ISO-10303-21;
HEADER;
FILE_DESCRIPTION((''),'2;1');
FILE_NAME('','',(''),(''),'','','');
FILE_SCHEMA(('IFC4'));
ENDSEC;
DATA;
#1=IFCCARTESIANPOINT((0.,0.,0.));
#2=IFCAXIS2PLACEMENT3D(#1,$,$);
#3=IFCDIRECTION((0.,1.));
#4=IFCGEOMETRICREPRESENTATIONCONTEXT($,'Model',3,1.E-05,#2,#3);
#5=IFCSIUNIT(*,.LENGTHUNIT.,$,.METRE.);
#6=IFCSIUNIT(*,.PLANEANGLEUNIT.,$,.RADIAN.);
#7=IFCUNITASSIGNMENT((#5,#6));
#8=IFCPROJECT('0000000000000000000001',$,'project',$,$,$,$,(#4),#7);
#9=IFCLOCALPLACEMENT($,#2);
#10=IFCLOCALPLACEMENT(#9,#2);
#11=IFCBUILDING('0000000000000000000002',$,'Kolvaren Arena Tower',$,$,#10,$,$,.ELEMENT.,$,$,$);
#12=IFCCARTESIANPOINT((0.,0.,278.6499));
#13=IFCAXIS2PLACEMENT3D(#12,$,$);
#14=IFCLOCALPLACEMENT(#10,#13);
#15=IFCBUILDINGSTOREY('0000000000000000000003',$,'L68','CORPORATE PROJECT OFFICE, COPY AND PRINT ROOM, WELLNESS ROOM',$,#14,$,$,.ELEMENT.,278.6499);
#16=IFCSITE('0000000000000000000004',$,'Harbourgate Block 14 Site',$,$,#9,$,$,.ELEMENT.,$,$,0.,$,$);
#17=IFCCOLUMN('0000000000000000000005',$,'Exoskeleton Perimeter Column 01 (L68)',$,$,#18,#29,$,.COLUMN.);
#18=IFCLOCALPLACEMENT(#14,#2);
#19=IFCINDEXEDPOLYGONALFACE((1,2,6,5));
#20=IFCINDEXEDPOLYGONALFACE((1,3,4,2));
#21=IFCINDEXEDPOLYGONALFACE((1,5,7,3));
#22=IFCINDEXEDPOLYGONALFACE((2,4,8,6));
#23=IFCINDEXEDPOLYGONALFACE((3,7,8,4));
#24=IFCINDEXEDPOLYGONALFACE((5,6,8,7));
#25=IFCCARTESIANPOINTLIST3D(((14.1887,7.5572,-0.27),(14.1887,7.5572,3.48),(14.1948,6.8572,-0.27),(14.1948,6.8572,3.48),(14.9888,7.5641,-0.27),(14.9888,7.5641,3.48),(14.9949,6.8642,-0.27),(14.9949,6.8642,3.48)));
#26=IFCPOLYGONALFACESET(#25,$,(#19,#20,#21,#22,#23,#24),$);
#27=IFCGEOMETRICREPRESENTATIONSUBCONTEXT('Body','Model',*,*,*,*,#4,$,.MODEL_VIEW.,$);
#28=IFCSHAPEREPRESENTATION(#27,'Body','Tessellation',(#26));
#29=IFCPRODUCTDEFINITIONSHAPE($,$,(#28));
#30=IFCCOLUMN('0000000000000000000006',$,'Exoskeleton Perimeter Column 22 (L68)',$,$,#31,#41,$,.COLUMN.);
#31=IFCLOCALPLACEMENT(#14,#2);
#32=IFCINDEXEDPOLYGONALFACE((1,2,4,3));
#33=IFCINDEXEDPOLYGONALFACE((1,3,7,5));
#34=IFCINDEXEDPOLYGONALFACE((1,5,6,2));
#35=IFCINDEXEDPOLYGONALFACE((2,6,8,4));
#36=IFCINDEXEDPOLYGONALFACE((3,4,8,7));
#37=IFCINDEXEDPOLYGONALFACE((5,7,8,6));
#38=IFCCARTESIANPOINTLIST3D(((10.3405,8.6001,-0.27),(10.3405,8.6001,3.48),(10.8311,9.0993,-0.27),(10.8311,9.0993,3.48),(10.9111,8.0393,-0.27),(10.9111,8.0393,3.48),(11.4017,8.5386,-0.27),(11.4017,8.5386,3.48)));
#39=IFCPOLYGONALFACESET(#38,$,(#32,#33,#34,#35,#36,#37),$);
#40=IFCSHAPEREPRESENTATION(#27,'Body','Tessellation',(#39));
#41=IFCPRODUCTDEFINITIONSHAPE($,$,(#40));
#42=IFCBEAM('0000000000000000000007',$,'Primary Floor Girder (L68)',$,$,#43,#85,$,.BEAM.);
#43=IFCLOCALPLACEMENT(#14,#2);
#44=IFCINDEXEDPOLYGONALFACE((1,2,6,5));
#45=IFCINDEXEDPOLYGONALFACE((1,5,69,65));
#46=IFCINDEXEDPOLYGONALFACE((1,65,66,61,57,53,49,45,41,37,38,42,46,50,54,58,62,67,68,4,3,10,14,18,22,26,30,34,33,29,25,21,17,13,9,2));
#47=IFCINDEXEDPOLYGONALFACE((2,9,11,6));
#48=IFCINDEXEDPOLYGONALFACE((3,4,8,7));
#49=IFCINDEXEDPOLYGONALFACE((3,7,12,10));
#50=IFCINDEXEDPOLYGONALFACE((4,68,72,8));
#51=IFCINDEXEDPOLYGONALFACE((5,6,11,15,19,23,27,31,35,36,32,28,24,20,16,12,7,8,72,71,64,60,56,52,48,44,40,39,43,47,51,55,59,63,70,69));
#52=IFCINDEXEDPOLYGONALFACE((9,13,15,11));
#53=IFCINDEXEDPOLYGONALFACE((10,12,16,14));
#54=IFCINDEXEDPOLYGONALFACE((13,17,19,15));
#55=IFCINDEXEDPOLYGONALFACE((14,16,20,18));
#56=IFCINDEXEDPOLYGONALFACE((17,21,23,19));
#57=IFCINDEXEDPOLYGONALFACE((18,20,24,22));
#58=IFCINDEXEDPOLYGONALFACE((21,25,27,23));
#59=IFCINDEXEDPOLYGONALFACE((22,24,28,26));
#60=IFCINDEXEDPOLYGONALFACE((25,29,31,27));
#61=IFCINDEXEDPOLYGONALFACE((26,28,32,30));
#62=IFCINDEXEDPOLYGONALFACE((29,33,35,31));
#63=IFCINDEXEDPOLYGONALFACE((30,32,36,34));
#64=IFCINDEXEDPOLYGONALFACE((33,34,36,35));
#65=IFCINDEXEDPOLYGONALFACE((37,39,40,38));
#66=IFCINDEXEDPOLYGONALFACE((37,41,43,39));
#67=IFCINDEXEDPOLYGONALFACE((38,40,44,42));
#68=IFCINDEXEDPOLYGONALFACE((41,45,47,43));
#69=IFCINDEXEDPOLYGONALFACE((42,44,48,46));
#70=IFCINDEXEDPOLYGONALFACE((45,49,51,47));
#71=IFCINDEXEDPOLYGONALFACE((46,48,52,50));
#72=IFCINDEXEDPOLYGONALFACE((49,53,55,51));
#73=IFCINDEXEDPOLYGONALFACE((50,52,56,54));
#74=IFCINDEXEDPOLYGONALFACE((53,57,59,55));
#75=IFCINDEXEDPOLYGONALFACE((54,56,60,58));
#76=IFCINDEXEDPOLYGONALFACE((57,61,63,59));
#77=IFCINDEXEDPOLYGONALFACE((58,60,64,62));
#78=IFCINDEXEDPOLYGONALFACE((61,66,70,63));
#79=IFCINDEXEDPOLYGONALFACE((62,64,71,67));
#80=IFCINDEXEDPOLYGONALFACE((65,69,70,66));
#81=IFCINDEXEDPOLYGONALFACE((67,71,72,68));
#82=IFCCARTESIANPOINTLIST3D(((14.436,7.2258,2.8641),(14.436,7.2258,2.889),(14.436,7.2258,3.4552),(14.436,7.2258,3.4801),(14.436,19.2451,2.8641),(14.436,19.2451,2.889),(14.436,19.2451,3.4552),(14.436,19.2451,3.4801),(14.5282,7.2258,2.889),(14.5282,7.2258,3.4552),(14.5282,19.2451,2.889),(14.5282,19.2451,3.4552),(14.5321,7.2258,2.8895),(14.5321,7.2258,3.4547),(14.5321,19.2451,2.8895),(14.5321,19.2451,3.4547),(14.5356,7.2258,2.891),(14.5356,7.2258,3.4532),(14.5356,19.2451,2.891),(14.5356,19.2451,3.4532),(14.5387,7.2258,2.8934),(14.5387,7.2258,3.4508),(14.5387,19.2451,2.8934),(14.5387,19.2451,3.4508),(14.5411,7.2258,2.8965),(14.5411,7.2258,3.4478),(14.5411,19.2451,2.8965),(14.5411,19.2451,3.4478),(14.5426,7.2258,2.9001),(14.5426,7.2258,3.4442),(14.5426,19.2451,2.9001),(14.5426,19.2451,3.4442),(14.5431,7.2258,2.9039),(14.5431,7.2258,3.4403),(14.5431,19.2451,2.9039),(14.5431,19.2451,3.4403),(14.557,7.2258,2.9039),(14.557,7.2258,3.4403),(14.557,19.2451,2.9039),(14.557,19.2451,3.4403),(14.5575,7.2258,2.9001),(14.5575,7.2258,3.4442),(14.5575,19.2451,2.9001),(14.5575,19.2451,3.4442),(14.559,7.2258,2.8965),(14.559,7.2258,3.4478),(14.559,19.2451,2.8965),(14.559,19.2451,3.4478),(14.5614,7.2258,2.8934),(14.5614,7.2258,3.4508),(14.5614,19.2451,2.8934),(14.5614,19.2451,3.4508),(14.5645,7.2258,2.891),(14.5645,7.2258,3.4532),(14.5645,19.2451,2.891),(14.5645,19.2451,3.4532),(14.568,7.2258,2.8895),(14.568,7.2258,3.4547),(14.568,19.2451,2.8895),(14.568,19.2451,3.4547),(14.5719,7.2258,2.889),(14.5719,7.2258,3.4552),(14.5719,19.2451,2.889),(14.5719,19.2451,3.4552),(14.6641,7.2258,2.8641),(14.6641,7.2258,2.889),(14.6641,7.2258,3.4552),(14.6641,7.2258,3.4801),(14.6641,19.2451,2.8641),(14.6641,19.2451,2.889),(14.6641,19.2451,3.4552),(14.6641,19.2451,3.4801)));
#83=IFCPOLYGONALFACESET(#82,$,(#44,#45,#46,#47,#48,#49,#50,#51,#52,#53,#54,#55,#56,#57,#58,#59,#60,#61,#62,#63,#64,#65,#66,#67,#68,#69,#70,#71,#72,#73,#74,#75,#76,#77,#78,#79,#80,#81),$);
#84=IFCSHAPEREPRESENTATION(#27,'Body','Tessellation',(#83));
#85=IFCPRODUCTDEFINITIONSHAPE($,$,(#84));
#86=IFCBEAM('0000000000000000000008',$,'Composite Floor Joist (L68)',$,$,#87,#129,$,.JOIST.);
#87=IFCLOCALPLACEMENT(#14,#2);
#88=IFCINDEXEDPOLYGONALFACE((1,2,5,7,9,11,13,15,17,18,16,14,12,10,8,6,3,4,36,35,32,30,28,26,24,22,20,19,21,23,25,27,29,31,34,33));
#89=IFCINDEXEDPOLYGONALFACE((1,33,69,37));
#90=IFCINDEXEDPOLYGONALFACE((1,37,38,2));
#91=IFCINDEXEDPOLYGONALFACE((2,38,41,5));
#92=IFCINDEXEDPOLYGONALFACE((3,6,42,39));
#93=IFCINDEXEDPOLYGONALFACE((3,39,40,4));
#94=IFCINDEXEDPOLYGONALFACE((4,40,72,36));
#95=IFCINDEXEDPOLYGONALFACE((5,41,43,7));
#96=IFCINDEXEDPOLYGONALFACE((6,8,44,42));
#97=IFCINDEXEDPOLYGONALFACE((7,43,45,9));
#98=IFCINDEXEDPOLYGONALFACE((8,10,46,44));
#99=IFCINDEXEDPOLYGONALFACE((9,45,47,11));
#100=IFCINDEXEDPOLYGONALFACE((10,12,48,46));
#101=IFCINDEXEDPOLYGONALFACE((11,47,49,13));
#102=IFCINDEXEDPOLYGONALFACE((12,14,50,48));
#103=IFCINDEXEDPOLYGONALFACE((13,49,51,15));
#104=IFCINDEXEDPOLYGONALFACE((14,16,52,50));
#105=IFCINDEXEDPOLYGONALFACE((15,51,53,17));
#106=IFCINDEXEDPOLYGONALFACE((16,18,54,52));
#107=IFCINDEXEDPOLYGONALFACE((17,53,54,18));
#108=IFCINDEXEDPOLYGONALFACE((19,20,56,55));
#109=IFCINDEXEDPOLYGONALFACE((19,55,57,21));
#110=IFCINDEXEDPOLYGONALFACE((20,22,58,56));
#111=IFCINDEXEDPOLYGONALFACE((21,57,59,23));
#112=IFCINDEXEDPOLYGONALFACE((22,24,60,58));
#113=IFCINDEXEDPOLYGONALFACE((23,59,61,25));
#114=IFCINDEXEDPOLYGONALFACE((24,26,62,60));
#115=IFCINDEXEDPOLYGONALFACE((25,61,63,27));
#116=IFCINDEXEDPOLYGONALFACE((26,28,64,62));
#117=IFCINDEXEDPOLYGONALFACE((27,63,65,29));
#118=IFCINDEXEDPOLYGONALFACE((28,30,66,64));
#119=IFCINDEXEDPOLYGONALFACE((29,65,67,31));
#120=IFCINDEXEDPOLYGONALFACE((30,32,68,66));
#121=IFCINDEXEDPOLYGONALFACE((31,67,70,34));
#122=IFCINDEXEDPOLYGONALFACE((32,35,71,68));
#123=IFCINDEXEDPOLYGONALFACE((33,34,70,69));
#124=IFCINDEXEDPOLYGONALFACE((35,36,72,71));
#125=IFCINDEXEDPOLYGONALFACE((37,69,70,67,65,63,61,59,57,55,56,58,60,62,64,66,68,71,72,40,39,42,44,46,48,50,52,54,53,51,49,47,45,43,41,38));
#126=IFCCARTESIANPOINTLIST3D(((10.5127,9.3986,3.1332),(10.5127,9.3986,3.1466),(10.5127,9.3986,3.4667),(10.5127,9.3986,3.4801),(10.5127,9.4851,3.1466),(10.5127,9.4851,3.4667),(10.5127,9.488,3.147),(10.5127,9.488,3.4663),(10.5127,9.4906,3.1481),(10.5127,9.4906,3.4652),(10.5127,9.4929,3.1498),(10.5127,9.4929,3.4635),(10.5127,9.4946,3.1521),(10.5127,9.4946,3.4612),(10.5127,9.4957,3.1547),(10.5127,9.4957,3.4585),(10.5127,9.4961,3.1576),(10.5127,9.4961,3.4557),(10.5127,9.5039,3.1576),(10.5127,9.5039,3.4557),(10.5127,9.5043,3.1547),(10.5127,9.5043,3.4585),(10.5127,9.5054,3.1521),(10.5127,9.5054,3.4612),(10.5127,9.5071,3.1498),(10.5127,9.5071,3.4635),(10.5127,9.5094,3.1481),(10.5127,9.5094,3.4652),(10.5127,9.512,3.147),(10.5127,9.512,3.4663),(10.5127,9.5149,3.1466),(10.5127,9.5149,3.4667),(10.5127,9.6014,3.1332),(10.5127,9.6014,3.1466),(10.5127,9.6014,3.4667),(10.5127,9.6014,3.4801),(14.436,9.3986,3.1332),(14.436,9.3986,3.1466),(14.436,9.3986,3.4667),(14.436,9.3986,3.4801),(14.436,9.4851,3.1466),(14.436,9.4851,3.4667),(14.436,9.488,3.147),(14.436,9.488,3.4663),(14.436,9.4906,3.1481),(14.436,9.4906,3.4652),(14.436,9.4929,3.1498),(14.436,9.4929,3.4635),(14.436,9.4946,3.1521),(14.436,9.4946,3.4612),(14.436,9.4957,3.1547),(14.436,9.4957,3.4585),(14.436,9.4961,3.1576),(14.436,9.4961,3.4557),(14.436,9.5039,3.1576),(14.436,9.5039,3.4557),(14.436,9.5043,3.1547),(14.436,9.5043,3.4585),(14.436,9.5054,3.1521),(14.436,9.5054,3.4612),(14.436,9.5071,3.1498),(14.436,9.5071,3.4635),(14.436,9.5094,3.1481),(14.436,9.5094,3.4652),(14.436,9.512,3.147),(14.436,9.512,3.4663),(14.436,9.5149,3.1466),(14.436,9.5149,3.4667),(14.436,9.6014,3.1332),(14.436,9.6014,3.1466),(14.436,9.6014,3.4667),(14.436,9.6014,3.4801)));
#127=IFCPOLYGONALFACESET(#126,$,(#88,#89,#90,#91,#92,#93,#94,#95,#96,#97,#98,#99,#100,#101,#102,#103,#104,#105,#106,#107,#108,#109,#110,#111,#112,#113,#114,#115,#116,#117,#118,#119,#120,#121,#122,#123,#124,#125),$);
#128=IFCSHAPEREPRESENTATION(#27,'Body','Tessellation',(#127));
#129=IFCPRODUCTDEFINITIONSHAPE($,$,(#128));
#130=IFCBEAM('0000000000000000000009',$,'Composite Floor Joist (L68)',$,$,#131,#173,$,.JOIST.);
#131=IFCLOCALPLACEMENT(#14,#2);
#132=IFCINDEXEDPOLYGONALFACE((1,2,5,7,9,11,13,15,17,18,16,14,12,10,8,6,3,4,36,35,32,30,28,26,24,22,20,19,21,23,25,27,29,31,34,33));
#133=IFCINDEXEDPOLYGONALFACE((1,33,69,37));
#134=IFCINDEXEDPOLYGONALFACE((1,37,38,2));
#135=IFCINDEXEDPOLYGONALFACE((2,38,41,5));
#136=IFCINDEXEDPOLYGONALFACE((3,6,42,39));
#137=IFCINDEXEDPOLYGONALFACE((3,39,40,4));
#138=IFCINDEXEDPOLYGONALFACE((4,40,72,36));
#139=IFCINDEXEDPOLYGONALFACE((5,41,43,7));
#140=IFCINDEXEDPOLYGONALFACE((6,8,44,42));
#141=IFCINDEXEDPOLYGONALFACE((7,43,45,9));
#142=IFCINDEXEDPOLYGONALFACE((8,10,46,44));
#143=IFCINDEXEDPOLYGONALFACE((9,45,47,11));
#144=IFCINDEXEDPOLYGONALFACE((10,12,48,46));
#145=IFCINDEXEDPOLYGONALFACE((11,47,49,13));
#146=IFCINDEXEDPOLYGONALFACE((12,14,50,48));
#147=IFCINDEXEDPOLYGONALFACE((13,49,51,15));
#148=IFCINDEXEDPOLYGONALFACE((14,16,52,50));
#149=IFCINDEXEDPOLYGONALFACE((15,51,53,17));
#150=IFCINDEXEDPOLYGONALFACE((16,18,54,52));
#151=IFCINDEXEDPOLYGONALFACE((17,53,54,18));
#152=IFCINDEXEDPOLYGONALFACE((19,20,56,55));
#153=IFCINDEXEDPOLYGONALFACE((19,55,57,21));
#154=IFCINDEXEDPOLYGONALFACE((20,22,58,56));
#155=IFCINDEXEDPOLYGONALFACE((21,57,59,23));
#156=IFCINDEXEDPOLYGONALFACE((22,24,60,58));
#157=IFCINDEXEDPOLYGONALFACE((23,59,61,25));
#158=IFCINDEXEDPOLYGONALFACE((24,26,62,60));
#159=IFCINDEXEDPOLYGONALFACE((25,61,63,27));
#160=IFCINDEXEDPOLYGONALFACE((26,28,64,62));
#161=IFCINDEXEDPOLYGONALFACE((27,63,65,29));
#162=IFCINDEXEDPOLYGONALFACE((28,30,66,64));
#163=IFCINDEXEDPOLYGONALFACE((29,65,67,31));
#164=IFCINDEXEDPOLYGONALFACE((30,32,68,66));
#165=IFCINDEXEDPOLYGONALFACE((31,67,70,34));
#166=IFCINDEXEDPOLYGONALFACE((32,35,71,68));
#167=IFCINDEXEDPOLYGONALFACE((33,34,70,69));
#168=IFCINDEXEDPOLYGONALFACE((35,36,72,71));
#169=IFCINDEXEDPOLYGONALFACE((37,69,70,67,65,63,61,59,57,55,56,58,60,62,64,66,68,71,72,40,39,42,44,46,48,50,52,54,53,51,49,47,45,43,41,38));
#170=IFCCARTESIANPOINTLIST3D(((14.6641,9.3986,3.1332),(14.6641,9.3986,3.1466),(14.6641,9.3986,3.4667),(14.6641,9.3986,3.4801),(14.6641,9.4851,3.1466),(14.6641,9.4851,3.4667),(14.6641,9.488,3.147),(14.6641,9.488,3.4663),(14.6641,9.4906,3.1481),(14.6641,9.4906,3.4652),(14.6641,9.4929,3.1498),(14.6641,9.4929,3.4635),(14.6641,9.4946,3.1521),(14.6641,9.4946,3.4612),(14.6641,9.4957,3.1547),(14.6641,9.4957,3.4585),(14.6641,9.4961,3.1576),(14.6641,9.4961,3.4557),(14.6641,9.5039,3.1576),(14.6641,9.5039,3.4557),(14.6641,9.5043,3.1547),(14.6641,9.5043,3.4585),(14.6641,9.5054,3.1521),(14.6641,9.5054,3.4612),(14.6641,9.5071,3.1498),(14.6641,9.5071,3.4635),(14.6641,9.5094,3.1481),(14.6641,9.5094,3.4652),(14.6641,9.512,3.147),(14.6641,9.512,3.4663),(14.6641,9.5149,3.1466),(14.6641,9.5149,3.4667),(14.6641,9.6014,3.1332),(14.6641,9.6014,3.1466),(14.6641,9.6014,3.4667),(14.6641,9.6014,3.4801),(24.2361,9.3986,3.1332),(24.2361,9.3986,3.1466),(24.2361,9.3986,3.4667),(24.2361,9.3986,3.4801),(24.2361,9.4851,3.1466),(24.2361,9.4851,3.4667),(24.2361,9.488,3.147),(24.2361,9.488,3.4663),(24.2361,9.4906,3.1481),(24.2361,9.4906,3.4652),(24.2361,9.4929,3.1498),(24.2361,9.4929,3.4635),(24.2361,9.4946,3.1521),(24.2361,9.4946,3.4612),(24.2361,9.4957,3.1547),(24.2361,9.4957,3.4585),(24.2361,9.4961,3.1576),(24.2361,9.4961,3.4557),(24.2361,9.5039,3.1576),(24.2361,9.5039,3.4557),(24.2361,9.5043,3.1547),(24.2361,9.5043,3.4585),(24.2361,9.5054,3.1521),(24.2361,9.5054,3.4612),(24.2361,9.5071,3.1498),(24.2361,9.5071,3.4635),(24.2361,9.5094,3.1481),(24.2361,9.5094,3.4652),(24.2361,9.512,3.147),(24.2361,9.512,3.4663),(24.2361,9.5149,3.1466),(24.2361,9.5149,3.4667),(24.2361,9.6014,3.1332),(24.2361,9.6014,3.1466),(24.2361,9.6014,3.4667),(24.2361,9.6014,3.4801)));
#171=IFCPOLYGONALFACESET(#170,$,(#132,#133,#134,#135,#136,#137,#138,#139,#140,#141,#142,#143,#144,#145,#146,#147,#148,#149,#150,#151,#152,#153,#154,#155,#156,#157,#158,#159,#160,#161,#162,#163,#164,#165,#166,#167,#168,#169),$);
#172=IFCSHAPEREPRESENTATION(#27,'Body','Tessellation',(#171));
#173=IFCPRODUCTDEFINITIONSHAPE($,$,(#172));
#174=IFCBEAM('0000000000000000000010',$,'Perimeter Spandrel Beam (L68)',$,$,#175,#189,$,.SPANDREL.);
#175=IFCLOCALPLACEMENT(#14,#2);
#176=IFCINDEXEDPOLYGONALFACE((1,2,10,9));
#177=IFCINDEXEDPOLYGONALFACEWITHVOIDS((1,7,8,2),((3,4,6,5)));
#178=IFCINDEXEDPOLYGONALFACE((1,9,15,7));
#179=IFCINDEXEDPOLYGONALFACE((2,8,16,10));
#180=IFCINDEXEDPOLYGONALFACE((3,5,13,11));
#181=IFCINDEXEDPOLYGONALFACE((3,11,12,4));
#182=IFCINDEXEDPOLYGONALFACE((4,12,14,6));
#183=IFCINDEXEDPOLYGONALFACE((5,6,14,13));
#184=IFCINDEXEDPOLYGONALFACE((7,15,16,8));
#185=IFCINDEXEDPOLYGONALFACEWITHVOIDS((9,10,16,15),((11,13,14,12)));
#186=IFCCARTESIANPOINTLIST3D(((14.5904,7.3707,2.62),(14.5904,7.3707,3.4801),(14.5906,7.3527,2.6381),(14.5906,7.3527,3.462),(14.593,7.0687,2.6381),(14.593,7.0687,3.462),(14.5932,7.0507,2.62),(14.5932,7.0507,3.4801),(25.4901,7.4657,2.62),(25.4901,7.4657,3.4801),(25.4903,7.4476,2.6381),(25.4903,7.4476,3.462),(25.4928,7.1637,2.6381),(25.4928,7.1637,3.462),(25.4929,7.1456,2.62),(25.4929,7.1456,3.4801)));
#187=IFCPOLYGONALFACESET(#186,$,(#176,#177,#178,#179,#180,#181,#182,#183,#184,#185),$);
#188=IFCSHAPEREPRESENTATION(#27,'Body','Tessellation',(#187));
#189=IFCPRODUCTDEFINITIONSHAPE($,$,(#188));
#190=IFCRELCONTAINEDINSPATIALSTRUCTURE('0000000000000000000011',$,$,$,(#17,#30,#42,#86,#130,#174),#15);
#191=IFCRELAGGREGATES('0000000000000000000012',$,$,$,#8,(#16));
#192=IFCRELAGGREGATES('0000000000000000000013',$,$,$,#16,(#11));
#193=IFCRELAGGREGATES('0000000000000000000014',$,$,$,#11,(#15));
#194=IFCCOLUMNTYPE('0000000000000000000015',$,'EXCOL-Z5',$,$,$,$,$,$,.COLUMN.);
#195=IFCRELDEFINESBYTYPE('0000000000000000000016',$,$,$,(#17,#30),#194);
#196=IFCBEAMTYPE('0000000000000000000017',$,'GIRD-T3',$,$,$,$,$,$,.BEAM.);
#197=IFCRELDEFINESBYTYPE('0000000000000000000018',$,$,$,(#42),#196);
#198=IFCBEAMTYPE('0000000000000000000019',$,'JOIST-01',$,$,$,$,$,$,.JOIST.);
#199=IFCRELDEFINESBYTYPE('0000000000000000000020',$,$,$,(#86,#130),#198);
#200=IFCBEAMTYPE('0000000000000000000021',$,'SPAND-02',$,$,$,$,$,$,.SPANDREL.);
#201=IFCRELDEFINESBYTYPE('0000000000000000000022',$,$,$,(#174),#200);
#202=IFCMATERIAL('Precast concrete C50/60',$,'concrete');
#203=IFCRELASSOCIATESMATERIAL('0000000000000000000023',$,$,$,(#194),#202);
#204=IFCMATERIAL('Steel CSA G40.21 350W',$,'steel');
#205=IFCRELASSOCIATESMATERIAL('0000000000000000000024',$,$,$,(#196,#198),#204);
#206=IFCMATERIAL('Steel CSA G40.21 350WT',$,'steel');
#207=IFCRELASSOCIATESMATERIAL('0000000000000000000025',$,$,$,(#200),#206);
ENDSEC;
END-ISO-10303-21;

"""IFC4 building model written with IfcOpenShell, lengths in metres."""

from ifc_helpers import new_model, si_unit, direction, frame, origin, origin_2d, place, context, subcontext, project, spatial, rectangle, hollow_rectangle, i_section, extrude, material, material_profile, profile_set, type_object, element, save


model = new_model("IFC4")

# Units and contexts
model_context = context("Model", 3, precision=1e-05, world=origin(), true_north=direction((0.0, 1.0)))
body_context = subcontext(model_context, "Body", "Model", "MODEL_VIEW")
ifc_project = project(units=[si_unit("LENGTHUNIT", "METRE"), si_unit("PLANEANGLEUNIT", "RADIAN")], contexts=[model_context])

# Site, building, storey
site_placement = place(None, origin())
site = spatial("IfcSite", under=ifc_project, at=site_placement, Name="Harbourgate Block 14 Site", CompositionType="ELEMENT", RefElevation=0.0)
building_placement = place(site_placement, origin())
building = spatial("IfcBuilding", under=site, at=building_placement, Name="Kolvaren Arena Tower", CompositionType="ELEMENT")
storey_placement = place(building_placement, frame((0.0, 0.0, 278.6499)))
storey = spatial("IfcBuildingStorey", under=building, at=storey_placement, Name="L68", Description="CORPORATE PROJECT OFFICE, COPY AND PRINT ROOM, WELLNESS ROOM", CompositionType="ELEMENT", Elevation=278.6499)

# Columns
ifc_material_1 = material(Name="Precast concrete C50/60", Category="concrete")
ifc_material_profile_1 = material_profile(ifc_material_1, rectangle(XDim=0.8, YDim=0.7, at=origin_2d()), Name="RC-800x700")
ifc_profile_set_1 = profile_set([ifc_material_profile_1], Name="Precast concrete C50/60")
column_type = type_object("IfcColumnType", Name="EXCOL-Z5", PredefinedType="COLUMN", material=ifc_profile_set_1)
for number, where, z_axis, x_axis, name in (
    (1, (14.5918, 7.2107, -0.27), (0.0, 0.0, 1.0), (0.999962, 0.008727, 0.0), "Exoskeleton Perimeter Column 01 (L68)"),
    (2, (10.8711, 8.5693, -0.27), (0.0, 0.0, 1.0), (-0.71325, 0.700909, 0.0), "Exoskeleton Perimeter Column 22 (L68)"),
):
    element("IfcColumn", number, at=place(storey_placement, frame(where, z_axis=z_axis, x_axis=x_axis)), inside=storey, type_object=column_type, Name=name, PredefinedType="COLUMN", context=body_context, shape_type="SweptSolid", body=[
        extrude(rectangle(XDim=0.8, YDim=0.7, at=origin_2d()), origin(), (0.0, 0.0, 1.0), 3.75),
    ])

# Beams
ifc_material_2 = material(Name="Steel CSA G40.21 350W", Category="steel")
ifc_material_profile_2 = material_profile(ifc_material_2, i_section(OverallWidth=0.228, OverallDepth=0.616, WebThickness=0.0139, FlangeThickness=0.0249, FilletRadius=0.0149, at=origin_2d()), Name="W610x174")
ifc_profile_set_2 = profile_set([ifc_material_profile_2], Name="Steel CSA G40.21 350W")
beam_type_1 = type_object("IfcBeamType", Name="GIRD-T3", PredefinedType="BEAM", material=ifc_profile_set_2)
beam_1_placement = place(storey_placement, frame((14.55, 7.2258, 3.1721), z_axis=(0.0, 1.0, 0.0), x_axis=(-1.0, 0.0, 0.0)))
element("IfcBeam", 3, at=beam_1_placement, inside=storey, type_object=beam_type_1, Name="Primary Floor Girder (L68)", PredefinedType="BEAM", context=body_context, shape_type="SweptSolid", body=[
    extrude(i_section(OverallWidth=0.228, OverallDepth=0.616, WebThickness=0.0139, FlangeThickness=0.0249, FilletRadius=0.0149, at=origin_2d()), origin(), (0.0, 0.0, 1.0), 12.0193),
])
ifc_material_profile_3 = material_profile(ifc_material_2, i_section(OverallWidth=0.2029, OverallDepth=0.3469, WebThickness=0.0078, FlangeThickness=0.0134, FilletRadius=0.011, at=origin_2d()), Name="W360x64")
ifc_profile_set_3 = profile_set([ifc_material_profile_3], Name="Steel CSA G40.21 350W")
beam_type_2 = type_object("IfcBeamType", Name="JOIST-01", PredefinedType="JOIST", material=ifc_profile_set_3)
beam_2_placement = place(storey_placement, frame((10.5127, 9.5, 3.3066), z_axis=(1.0, 0.0, 0.0), x_axis=(0.0, 1.0, 0.0)))
element("IfcBeam", 4, at=beam_2_placement, inside=storey, type_object=beam_type_2, Name="Composite Floor Joist (L68)", PredefinedType="JOIST", context=body_context, shape_type="SweptSolid", body=[
    extrude(i_section(OverallWidth=0.2029, OverallDepth=0.3469, WebThickness=0.0078, FlangeThickness=0.0134, FilletRadius=0.011, at=origin_2d()), origin(), (0.0, 0.0, 1.0), 3.9233),
])
beam_3_placement = place(storey_placement, frame((14.6641, 9.5, 3.3066), z_axis=(1.0, 0.0, 0.0), x_axis=(0.0, 1.0, 0.0)))
element("IfcBeam", 5, at=beam_3_placement, inside=storey, type_object=beam_type_2, Name="Composite Floor Joist (L68)", PredefinedType="JOIST", context=body_context, shape_type="SweptSolid", body=[
    extrude(i_section(OverallWidth=0.2029, OverallDepth=0.3469, WebThickness=0.0078, FlangeThickness=0.0134, FilletRadius=0.011, at=origin_2d()), origin(), (0.0, 0.0, 1.0), 9.572),
])
ifc_material_3 = material(Name="Steel CSA G40.21 350WT", Category="steel")
ifc_material_profile_4 = material_profile(ifc_material_3, hollow_rectangle(XDim=0.3201, YDim=0.8601, WallThickness=0.0181, at=origin_2d()), Name="HSS 860x320x18")
ifc_profile_set_4 = profile_set([ifc_material_profile_4], Name="Steel CSA G40.21 350WT")
beam_type_3 = type_object("IfcBeamType", Name="SPAND-02", PredefinedType="SPANDREL", material=ifc_profile_set_4)
beam_4_placement = place(storey_placement, frame((14.5918, 7.2107, 3.05), z_axis=(0.999962, 0.008713, 0.0), x_axis=(-0.008713, 0.999962, 0.0)))
element("IfcBeam", 6, at=beam_4_placement, inside=storey, type_object=beam_type_3, Name="Perimeter Spandrel Beam (L68)", PredefinedType="SPANDREL", context=body_context, shape_type="SweptSolid", body=[
    extrude(hollow_rectangle(XDim=0.3201, YDim=0.8601, WallThickness=0.0181, at=origin_2d()), origin(), (0.0, 0.0, 1.0), 10.9001),
])

save(model, "model.ifc")
